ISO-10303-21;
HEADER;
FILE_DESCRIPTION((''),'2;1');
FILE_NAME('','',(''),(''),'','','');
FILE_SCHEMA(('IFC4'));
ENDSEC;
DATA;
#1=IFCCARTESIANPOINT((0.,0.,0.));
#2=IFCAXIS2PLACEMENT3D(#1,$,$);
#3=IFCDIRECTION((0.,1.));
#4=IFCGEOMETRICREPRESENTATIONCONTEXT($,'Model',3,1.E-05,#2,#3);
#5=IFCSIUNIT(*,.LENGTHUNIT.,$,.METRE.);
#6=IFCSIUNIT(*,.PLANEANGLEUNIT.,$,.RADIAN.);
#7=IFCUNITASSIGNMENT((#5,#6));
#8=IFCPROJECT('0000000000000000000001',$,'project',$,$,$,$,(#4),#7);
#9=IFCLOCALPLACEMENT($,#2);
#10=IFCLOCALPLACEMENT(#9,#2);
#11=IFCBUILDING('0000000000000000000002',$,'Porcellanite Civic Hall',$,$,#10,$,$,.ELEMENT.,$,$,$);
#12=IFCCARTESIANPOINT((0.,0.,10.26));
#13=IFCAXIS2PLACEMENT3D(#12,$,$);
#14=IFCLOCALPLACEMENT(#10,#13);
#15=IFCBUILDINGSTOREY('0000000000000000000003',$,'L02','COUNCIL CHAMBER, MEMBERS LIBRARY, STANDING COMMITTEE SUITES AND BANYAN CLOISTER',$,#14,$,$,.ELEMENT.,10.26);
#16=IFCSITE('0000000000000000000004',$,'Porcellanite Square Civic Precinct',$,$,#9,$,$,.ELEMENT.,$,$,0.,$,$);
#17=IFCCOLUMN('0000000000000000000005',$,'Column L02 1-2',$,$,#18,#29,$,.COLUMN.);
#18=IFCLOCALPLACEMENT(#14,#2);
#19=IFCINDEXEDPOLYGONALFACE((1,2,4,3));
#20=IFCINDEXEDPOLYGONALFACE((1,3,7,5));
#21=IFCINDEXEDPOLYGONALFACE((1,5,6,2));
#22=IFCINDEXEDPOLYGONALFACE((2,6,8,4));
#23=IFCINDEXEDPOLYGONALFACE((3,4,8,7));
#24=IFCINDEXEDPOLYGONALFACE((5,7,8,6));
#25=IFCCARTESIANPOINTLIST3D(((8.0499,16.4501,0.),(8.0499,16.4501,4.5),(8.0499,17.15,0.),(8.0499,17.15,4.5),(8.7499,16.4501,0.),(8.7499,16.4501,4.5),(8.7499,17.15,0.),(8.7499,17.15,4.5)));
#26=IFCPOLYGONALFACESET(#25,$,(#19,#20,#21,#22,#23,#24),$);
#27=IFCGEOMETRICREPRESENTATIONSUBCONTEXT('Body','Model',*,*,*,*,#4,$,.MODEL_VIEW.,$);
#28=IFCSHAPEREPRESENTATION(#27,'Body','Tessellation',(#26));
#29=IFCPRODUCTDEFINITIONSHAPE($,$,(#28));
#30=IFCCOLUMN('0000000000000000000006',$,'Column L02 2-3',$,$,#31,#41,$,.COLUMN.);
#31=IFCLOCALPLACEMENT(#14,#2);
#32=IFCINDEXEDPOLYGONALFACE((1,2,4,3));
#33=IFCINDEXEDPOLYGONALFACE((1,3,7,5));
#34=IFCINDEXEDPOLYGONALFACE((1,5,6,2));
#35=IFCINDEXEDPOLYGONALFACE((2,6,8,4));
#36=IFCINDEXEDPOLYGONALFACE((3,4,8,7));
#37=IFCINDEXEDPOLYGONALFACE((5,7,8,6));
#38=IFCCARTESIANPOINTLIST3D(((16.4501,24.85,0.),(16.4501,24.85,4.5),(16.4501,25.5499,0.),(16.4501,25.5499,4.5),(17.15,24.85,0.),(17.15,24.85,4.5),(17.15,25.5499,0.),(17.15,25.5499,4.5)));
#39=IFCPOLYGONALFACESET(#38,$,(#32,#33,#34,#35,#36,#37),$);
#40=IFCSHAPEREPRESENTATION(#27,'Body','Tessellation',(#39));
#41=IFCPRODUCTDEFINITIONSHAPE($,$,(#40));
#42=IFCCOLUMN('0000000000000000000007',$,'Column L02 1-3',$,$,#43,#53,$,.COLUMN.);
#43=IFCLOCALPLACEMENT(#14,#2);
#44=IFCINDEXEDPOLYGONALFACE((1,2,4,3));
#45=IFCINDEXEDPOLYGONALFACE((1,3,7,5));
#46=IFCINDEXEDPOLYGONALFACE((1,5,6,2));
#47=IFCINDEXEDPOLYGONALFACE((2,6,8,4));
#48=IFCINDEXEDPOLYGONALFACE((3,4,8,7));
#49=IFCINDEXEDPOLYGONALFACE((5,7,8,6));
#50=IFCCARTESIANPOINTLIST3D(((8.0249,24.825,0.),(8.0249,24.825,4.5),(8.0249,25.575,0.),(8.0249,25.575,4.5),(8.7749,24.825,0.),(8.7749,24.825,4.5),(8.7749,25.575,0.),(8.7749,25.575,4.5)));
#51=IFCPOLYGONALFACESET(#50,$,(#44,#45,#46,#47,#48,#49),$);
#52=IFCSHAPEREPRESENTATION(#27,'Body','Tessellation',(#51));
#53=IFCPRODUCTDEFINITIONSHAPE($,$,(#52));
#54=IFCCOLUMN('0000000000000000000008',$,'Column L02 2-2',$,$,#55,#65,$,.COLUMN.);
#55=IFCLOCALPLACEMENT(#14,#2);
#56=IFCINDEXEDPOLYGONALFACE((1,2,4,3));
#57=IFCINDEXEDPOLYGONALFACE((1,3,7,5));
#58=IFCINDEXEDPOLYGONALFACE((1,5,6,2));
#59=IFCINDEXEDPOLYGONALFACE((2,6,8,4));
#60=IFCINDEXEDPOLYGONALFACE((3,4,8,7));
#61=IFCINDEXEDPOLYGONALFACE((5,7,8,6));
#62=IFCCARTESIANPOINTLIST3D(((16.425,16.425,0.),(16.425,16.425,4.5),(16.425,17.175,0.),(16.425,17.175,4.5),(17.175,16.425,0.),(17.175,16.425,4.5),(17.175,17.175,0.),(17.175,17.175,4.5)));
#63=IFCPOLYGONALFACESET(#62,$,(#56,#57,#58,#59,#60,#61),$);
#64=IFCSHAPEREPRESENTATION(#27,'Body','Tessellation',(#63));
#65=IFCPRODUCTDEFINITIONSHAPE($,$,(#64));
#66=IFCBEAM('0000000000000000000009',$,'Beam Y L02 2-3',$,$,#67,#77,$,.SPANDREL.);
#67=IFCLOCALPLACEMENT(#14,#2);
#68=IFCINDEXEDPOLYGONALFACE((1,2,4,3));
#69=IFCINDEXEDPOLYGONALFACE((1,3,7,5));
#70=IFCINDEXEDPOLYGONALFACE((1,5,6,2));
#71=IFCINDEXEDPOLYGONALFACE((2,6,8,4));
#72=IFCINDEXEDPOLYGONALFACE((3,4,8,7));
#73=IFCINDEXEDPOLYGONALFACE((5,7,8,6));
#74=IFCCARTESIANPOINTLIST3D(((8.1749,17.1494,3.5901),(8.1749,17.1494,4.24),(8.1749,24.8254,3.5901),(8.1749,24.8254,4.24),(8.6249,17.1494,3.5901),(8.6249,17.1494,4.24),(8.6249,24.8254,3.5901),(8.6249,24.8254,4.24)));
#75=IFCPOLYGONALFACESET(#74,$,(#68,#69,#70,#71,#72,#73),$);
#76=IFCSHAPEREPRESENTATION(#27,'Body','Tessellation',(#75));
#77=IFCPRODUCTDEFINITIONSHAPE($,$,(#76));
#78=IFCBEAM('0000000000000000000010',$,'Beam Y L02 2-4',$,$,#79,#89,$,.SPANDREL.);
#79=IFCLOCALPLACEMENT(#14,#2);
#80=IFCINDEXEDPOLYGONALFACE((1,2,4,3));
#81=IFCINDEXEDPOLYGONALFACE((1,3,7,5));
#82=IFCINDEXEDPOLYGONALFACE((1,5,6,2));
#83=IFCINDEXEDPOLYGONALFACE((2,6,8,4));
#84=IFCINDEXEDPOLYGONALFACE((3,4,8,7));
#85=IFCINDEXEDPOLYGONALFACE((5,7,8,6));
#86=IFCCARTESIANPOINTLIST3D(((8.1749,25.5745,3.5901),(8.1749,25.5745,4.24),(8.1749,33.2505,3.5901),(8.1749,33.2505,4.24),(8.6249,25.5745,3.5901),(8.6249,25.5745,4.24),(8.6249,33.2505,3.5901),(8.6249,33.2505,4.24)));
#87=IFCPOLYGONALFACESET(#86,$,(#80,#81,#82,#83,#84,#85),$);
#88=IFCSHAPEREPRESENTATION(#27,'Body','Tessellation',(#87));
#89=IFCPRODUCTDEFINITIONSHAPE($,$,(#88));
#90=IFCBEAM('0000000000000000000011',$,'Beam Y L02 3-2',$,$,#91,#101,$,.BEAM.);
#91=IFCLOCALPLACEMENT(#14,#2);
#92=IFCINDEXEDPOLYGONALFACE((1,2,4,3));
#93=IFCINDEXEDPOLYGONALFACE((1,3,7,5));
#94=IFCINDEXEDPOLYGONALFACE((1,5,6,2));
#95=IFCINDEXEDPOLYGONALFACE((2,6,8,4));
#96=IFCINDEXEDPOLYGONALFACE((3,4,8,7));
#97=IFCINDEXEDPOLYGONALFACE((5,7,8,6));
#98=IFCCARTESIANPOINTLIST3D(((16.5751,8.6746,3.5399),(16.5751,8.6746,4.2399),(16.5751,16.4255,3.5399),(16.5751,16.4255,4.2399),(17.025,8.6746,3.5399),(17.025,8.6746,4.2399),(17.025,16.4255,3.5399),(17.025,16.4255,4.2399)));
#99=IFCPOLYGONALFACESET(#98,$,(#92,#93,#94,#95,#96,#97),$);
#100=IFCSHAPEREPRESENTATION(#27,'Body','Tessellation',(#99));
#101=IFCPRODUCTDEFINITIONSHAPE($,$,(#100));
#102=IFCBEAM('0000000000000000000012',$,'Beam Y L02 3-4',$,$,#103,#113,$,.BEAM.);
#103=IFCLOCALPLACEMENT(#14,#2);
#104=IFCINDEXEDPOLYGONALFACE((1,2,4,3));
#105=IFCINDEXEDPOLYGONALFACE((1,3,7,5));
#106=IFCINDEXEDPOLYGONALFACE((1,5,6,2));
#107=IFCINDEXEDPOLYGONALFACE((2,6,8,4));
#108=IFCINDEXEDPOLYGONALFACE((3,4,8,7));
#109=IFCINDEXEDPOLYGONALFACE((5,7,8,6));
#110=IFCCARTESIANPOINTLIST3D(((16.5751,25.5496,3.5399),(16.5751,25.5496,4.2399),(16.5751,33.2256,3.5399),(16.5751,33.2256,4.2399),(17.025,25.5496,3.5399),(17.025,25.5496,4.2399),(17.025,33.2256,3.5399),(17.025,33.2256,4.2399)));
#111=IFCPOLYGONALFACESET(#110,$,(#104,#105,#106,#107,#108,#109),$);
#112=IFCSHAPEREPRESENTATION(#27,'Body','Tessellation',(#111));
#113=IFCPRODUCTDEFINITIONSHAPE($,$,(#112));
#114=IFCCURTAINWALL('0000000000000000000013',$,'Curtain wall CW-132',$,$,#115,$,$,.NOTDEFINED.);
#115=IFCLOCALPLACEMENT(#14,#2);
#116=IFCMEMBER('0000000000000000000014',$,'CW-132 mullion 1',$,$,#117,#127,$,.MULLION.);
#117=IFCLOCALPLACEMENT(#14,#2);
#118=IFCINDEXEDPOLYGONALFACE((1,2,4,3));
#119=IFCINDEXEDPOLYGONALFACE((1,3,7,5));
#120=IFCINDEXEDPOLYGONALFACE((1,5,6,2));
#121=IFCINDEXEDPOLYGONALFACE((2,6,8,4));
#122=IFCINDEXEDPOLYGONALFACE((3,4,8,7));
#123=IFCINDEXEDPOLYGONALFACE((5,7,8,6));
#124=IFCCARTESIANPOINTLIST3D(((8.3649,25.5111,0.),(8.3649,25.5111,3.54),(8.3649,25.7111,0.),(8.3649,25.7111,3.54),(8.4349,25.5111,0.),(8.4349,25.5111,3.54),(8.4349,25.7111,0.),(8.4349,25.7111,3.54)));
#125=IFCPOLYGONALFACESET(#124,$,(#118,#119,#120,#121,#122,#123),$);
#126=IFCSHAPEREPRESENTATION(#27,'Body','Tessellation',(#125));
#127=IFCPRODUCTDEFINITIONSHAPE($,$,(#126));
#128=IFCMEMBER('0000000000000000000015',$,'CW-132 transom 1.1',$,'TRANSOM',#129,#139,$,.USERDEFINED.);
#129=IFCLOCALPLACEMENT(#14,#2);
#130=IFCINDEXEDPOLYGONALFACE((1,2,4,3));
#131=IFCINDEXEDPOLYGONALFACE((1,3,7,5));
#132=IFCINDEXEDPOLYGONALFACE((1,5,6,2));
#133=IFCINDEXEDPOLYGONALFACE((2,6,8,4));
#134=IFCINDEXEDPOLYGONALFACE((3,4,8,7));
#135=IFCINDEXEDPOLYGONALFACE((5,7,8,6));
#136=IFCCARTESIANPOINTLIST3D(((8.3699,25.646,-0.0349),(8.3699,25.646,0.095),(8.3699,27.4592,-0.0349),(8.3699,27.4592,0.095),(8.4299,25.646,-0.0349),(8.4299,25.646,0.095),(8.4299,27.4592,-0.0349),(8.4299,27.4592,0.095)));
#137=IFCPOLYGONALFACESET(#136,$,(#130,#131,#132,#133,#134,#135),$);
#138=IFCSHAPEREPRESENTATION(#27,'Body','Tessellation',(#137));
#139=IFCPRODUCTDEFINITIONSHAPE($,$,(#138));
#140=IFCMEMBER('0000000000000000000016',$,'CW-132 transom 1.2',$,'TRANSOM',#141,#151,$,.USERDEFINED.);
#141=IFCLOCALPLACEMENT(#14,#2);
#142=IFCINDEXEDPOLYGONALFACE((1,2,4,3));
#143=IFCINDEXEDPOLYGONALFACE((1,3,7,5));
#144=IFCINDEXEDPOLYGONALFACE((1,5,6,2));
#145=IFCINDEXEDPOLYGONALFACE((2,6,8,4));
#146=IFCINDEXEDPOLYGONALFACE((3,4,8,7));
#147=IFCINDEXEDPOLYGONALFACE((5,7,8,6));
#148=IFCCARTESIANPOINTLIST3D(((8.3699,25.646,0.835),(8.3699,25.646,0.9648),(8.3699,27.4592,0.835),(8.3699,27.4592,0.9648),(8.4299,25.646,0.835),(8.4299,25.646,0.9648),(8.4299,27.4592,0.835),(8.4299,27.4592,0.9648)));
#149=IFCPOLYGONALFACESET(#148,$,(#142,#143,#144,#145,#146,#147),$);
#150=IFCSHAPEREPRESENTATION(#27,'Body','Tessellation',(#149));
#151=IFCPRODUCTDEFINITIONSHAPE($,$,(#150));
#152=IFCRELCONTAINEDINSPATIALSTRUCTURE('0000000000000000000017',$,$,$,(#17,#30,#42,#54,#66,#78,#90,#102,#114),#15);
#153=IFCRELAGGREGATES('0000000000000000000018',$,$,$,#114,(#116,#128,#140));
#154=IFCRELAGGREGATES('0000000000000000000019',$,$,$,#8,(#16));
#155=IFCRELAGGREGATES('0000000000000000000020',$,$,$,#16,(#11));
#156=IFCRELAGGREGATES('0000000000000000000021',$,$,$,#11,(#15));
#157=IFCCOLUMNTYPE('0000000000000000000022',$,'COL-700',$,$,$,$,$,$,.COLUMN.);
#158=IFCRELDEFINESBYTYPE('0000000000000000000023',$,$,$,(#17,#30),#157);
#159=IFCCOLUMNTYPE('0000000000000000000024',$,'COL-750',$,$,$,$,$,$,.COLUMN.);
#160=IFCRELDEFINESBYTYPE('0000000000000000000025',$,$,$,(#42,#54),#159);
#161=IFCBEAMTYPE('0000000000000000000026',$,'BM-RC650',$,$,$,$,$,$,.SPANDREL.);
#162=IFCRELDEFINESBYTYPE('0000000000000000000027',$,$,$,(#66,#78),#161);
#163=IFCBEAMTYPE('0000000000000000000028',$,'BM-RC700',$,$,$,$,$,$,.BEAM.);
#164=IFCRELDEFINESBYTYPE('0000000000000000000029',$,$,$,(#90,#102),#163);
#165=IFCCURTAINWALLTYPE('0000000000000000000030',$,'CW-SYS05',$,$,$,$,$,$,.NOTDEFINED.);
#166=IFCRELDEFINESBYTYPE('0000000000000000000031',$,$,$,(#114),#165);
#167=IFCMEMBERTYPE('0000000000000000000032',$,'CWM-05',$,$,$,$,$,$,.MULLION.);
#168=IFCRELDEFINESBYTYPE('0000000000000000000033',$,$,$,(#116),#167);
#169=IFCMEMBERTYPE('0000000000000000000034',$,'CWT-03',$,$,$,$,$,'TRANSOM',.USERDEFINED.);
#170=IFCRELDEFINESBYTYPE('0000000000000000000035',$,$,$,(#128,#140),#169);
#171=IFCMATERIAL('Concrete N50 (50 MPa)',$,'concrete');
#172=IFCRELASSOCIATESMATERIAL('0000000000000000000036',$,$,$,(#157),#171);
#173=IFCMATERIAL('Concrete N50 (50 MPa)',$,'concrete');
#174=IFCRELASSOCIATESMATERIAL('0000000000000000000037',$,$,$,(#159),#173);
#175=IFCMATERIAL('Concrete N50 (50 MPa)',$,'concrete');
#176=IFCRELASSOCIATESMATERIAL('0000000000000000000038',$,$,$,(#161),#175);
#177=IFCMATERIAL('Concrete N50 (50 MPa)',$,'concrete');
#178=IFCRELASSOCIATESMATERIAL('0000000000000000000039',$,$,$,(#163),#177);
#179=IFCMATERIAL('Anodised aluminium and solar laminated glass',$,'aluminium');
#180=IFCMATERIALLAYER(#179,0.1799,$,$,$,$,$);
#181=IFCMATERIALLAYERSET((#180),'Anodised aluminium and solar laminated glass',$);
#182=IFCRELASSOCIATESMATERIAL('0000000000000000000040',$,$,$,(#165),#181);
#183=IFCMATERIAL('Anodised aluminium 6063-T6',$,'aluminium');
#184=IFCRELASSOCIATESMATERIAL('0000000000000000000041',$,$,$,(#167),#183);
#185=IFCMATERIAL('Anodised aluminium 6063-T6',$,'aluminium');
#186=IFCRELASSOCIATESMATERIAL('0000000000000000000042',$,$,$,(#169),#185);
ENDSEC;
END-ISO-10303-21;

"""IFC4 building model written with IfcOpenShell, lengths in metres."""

from ifc_helpers import new_model, si_unit, direction, frame, origin, origin_2d, place, context, subcontext, project, spatial, rectangle, extrude, material, layer, layer_set, material_profile, profile_set, type_object, element, aggregate, save


model = new_model("IFC4")

# Units and contexts
model_context = context("Model", 3, precision=1e-05, world=origin(), true_north=direction((0.0, 1.0)))
body_context = subcontext(model_context, "Body", "Model", "MODEL_VIEW")
ifc_project = project(units=[si_unit("LENGTHUNIT", "METRE"), si_unit("PLANEANGLEUNIT", "RADIAN")], contexts=[model_context])

# Site, building, storey
site_placement = place(None, origin())
site = spatial("IfcSite", under=ifc_project, at=site_placement, Name="Porcellanite Square Civic Precinct", CompositionType="ELEMENT", RefElevation=0.0)
building_placement = place(site_placement, origin())
building = spatial("IfcBuilding", under=site, at=building_placement, Name="Porcellanite Civic Hall", CompositionType="ELEMENT")
storey_placement = place(building_placement, frame((0.0, 0.0, 10.26)))
storey = spatial("IfcBuildingStorey", under=building, at=storey_placement, Name="L02", Description="COUNCIL CHAMBER, MEMBERS LIBRARY, STANDING COMMITTEE SUITES AND BANYAN CLOISTER", CompositionType="ELEMENT", Elevation=10.26)

# Columns
ifc_material_1 = material(Name="Concrete N50 (50 MPa)", Category="concrete")
ifc_material_profile_1 = material_profile(ifc_material_1, rectangle(XDim=0.7, YDim=0.7, at=origin_2d()), Name="RC-700x700")
ifc_profile_set_1 = profile_set([ifc_material_profile_1], Name="Concrete N50 (50 MPa)")
column_type_1 = type_object("IfcColumnType", Name="COL-700", PredefinedType="COLUMN", material=ifc_profile_set_1)
for number, where, z_axis, x_axis, name in (
    (1, (8.3999, 16.8, 0.0), (0.0, 0.0, 1.0), (1.0, 0.0, 0.0), "Column L02 1-2"),
    (2, (16.8, 25.2, 0.0), (0.0, 0.0, 1.0), (1.0, 0.0, 0.0), "Column L02 2-3"),
):
    element("IfcColumn", number, at=place(storey_placement, frame(where, z_axis=z_axis, x_axis=x_axis)), inside=storey, type_object=column_type_1, Name=name, PredefinedType="COLUMN", context=body_context, shape_type="SweptSolid", body=[
        extrude(rectangle(XDim=0.7, YDim=0.7, at=origin_2d()), origin(), (0.0, 0.0, 1.0), 4.5),
    ])
ifc_material_2 = material(Name="Concrete N50 (50 MPa)", Category="concrete")
ifc_material_profile_2 = material_profile(ifc_material_2, rectangle(XDim=0.75, YDim=0.75, at=origin_2d()), Name="RC-750x750")
ifc_profile_set_2 = profile_set([ifc_material_profile_2], Name="Concrete N50 (50 MPa)")
column_type_2 = type_object("IfcColumnType", Name="COL-750", PredefinedType="COLUMN", material=ifc_profile_set_2)
for number, where, z_axis, x_axis, name in (
    (3, (8.3999, 25.2, 0.0), (0.0, 0.0, 1.0), (1.0, 0.0, 0.0), "Column L02 1-3"),
    (4, (16.8, 16.8, 0.0), (0.0, 0.0, 1.0), (1.0, 0.0, 0.0), "Column L02 2-2"),
):
    element("IfcColumn", number, at=place(storey_placement, frame(where, z_axis=z_axis, x_axis=x_axis)), inside=storey, type_object=column_type_2, Name=name, PredefinedType="COLUMN", context=body_context, shape_type="SweptSolid", body=[
        extrude(rectangle(XDim=0.75, YDim=0.75, at=origin_2d()), origin(), (0.0, 0.0, 1.0), 4.5),
    ])

# Beams
ifc_material_3 = material(Name="Concrete N50 (50 MPa)", Category="concrete")
ifc_material_profile_3 = material_profile(ifc_material_3, rectangle(XDim=0.45, YDim=0.6499, at=origin_2d()), Name="RC-450x650")
ifc_profile_set_3 = profile_set([ifc_material_profile_3], Name="Concrete N50 (50 MPa)")
beam_type_1 = type_object("IfcBeamType", Name="BM-RC650", PredefinedType="SPANDREL", material=ifc_profile_set_3)
for number, where, z_axis, x_axis, name in (
    (5, (8.3999, 17.1494, 3.915), (0.0, 1.0, 0.0), (-1.0, 0.0, 0.0), "Beam Y L02 2-3"),
    (6, (8.3999, 25.5745, 3.915), (0.0, 1.0, 0.0), (-1.0, 0.0, 0.0), "Beam Y L02 2-4"),
):
    element("IfcBeam", number, at=place(storey_placement, frame(where, z_axis=z_axis, x_axis=x_axis)), inside=storey, type_object=beam_type_1, Name=name, PredefinedType="SPANDREL", context=body_context, shape_type="SweptSolid", body=[
        extrude(rectangle(XDim=0.45, YDim=0.6499, at=origin_2d()), origin(), (0.0, 0.0, 1.0), 7.676),
    ])
ifc_material_4 = material(Name="Concrete N50 (50 MPa)", Category="concrete")
ifc_material_profile_4 = material_profile(ifc_material_4, rectangle(XDim=0.45, YDim=0.7, at=origin_2d()), Name="RC-450x700")
ifc_profile_set_4 = profile_set([ifc_material_profile_4], Name="Concrete N50 (50 MPa)")
beam_type_2 = type_object("IfcBeamType", Name="BM-RC700", PredefinedType="BEAM", material=ifc_profile_set_4)
beam_1_placement = place(storey_placement, frame((16.8, 8.6746, 3.8899), z_axis=(0.0, 1.0, 0.0), x_axis=(-1.0, 0.0, 0.0)))
element("IfcBeam", 7, at=beam_1_placement, inside=storey, type_object=beam_type_2, Name="Beam Y L02 3-2", PredefinedType="BEAM", context=body_context, shape_type="SweptSolid", body=[
    extrude(rectangle(XDim=0.45, YDim=0.7, at=origin_2d()), origin(), (0.0, 0.0, 1.0), 7.751),
])
beam_2_placement = place(storey_placement, frame((16.8, 25.5496, 3.8899), z_axis=(0.0, 1.0, 0.0), x_axis=(-1.0, 0.0, 0.0)))
element("IfcBeam", 8, at=beam_2_placement, inside=storey, type_object=beam_type_2, Name="Beam Y L02 3-4", PredefinedType="BEAM", context=body_context, shape_type="SweptSolid", body=[
    extrude(rectangle(XDim=0.45, YDim=0.7, at=origin_2d()), origin(), (0.0, 0.0, 1.0), 7.676),
])

# Curtain wall, members
ifc_material_5 = material(Name="Anodised aluminium and solar laminated glass", Category="aluminium")
ifc_layer_1 = layer(ifc_material_5, 0.1799)
ifc_layer_set_1 = layer_set([ifc_layer_1], Name="Anodised aluminium and solar laminated glass")
curtain_wall_type = type_object("IfcCurtainWallType", Name="CW-SYS05", PredefinedType="NOTDEFINED", material=ifc_layer_set_1)
curtain_wall_placement = place(storey_placement, origin())
curtain_wall = element("IfcCurtainWall", 9, at=curtain_wall_placement, inside=storey, type_object=curtain_wall_type, Name="Curtain wall CW-132", PredefinedType="NOTDEFINED")
ifc_material_6 = material(Name="Anodised aluminium 6063-T6", Category="aluminium")
ifc_material_profile_5 = material_profile(ifc_material_6, rectangle(XDim=0.0701, YDim=0.2, at=origin_2d()), Name="AL-70x200")
ifc_profile_set_5 = profile_set([ifc_material_profile_5], Name="Anodised aluminium 6063-T6")
member_type_1 = type_object("IfcMemberType", Name="CWM-05", PredefinedType="MULLION", material=ifc_profile_set_5)
member_1_placement = place(storey_placement, frame((8.3999, 25.6111, 0.0), z_axis=(0.0, 0.0, 1.0), x_axis=(-1.0, 0.0, 0.0)))
member_1 = element("IfcMember", 10, at=member_1_placement, type_object=member_type_1, Name="CW-132 mullion 1", PredefinedType="MULLION", context=body_context, shape_type="SweptSolid", body=[
    extrude(rectangle(XDim=0.0701, YDim=0.2, at=origin_2d()), origin(), (0.0, 0.0, 1.0), 3.54),
])
ifc_material_7 = material(Name="Anodised aluminium 6063-T6", Category="aluminium")
ifc_material_profile_6 = material_profile(ifc_material_7, rectangle(XDim=0.0601, YDim=0.1299, at=origin_2d()), Name="AL-60x130")
ifc_profile_set_6 = profile_set([ifc_material_profile_6], Name="Anodised aluminium 6063-T6")
member_type_2 = type_object("IfcMemberType", Name="CWT-03", ElementType="TRANSOM", PredefinedType="USERDEFINED", material=ifc_profile_set_6)
member_2_placement = place(storey_placement, frame((8.3999, 25.646, 0.03), z_axis=(0.0, 1.0, 0.0), x_axis=(-1.0, 0.0, 0.0)))
member_2 = element("IfcMember", 11, at=member_2_placement, type_object=member_type_2, Name="CW-132 transom 1.1", ObjectType="TRANSOM", PredefinedType="USERDEFINED", context=body_context, shape_type="SweptSolid", body=[
    extrude(rectangle(XDim=0.0601, YDim=0.1299, at=origin_2d()), origin(), (0.0, 0.0, 1.0), 1.8132),
])
member_3_placement = place(storey_placement, frame((8.3999, 25.646, 0.8999), z_axis=(0.0, 1.0, 0.0), x_axis=(-1.0, 0.0, 0.0)))
member_3 = element("IfcMember", 12, at=member_3_placement, type_object=member_type_2, Name="CW-132 transom 1.2", ObjectType="TRANSOM", PredefinedType="USERDEFINED", context=body_context, shape_type="SweptSolid", body=[
    extrude(rectangle(XDim=0.0601, YDim=0.1299, at=origin_2d()), origin(), (0.0, 0.0, 1.0), 1.8132),
])
aggregate(curtain_wall, [member_1, member_2, member_3])

save(model, "model.ifc")
